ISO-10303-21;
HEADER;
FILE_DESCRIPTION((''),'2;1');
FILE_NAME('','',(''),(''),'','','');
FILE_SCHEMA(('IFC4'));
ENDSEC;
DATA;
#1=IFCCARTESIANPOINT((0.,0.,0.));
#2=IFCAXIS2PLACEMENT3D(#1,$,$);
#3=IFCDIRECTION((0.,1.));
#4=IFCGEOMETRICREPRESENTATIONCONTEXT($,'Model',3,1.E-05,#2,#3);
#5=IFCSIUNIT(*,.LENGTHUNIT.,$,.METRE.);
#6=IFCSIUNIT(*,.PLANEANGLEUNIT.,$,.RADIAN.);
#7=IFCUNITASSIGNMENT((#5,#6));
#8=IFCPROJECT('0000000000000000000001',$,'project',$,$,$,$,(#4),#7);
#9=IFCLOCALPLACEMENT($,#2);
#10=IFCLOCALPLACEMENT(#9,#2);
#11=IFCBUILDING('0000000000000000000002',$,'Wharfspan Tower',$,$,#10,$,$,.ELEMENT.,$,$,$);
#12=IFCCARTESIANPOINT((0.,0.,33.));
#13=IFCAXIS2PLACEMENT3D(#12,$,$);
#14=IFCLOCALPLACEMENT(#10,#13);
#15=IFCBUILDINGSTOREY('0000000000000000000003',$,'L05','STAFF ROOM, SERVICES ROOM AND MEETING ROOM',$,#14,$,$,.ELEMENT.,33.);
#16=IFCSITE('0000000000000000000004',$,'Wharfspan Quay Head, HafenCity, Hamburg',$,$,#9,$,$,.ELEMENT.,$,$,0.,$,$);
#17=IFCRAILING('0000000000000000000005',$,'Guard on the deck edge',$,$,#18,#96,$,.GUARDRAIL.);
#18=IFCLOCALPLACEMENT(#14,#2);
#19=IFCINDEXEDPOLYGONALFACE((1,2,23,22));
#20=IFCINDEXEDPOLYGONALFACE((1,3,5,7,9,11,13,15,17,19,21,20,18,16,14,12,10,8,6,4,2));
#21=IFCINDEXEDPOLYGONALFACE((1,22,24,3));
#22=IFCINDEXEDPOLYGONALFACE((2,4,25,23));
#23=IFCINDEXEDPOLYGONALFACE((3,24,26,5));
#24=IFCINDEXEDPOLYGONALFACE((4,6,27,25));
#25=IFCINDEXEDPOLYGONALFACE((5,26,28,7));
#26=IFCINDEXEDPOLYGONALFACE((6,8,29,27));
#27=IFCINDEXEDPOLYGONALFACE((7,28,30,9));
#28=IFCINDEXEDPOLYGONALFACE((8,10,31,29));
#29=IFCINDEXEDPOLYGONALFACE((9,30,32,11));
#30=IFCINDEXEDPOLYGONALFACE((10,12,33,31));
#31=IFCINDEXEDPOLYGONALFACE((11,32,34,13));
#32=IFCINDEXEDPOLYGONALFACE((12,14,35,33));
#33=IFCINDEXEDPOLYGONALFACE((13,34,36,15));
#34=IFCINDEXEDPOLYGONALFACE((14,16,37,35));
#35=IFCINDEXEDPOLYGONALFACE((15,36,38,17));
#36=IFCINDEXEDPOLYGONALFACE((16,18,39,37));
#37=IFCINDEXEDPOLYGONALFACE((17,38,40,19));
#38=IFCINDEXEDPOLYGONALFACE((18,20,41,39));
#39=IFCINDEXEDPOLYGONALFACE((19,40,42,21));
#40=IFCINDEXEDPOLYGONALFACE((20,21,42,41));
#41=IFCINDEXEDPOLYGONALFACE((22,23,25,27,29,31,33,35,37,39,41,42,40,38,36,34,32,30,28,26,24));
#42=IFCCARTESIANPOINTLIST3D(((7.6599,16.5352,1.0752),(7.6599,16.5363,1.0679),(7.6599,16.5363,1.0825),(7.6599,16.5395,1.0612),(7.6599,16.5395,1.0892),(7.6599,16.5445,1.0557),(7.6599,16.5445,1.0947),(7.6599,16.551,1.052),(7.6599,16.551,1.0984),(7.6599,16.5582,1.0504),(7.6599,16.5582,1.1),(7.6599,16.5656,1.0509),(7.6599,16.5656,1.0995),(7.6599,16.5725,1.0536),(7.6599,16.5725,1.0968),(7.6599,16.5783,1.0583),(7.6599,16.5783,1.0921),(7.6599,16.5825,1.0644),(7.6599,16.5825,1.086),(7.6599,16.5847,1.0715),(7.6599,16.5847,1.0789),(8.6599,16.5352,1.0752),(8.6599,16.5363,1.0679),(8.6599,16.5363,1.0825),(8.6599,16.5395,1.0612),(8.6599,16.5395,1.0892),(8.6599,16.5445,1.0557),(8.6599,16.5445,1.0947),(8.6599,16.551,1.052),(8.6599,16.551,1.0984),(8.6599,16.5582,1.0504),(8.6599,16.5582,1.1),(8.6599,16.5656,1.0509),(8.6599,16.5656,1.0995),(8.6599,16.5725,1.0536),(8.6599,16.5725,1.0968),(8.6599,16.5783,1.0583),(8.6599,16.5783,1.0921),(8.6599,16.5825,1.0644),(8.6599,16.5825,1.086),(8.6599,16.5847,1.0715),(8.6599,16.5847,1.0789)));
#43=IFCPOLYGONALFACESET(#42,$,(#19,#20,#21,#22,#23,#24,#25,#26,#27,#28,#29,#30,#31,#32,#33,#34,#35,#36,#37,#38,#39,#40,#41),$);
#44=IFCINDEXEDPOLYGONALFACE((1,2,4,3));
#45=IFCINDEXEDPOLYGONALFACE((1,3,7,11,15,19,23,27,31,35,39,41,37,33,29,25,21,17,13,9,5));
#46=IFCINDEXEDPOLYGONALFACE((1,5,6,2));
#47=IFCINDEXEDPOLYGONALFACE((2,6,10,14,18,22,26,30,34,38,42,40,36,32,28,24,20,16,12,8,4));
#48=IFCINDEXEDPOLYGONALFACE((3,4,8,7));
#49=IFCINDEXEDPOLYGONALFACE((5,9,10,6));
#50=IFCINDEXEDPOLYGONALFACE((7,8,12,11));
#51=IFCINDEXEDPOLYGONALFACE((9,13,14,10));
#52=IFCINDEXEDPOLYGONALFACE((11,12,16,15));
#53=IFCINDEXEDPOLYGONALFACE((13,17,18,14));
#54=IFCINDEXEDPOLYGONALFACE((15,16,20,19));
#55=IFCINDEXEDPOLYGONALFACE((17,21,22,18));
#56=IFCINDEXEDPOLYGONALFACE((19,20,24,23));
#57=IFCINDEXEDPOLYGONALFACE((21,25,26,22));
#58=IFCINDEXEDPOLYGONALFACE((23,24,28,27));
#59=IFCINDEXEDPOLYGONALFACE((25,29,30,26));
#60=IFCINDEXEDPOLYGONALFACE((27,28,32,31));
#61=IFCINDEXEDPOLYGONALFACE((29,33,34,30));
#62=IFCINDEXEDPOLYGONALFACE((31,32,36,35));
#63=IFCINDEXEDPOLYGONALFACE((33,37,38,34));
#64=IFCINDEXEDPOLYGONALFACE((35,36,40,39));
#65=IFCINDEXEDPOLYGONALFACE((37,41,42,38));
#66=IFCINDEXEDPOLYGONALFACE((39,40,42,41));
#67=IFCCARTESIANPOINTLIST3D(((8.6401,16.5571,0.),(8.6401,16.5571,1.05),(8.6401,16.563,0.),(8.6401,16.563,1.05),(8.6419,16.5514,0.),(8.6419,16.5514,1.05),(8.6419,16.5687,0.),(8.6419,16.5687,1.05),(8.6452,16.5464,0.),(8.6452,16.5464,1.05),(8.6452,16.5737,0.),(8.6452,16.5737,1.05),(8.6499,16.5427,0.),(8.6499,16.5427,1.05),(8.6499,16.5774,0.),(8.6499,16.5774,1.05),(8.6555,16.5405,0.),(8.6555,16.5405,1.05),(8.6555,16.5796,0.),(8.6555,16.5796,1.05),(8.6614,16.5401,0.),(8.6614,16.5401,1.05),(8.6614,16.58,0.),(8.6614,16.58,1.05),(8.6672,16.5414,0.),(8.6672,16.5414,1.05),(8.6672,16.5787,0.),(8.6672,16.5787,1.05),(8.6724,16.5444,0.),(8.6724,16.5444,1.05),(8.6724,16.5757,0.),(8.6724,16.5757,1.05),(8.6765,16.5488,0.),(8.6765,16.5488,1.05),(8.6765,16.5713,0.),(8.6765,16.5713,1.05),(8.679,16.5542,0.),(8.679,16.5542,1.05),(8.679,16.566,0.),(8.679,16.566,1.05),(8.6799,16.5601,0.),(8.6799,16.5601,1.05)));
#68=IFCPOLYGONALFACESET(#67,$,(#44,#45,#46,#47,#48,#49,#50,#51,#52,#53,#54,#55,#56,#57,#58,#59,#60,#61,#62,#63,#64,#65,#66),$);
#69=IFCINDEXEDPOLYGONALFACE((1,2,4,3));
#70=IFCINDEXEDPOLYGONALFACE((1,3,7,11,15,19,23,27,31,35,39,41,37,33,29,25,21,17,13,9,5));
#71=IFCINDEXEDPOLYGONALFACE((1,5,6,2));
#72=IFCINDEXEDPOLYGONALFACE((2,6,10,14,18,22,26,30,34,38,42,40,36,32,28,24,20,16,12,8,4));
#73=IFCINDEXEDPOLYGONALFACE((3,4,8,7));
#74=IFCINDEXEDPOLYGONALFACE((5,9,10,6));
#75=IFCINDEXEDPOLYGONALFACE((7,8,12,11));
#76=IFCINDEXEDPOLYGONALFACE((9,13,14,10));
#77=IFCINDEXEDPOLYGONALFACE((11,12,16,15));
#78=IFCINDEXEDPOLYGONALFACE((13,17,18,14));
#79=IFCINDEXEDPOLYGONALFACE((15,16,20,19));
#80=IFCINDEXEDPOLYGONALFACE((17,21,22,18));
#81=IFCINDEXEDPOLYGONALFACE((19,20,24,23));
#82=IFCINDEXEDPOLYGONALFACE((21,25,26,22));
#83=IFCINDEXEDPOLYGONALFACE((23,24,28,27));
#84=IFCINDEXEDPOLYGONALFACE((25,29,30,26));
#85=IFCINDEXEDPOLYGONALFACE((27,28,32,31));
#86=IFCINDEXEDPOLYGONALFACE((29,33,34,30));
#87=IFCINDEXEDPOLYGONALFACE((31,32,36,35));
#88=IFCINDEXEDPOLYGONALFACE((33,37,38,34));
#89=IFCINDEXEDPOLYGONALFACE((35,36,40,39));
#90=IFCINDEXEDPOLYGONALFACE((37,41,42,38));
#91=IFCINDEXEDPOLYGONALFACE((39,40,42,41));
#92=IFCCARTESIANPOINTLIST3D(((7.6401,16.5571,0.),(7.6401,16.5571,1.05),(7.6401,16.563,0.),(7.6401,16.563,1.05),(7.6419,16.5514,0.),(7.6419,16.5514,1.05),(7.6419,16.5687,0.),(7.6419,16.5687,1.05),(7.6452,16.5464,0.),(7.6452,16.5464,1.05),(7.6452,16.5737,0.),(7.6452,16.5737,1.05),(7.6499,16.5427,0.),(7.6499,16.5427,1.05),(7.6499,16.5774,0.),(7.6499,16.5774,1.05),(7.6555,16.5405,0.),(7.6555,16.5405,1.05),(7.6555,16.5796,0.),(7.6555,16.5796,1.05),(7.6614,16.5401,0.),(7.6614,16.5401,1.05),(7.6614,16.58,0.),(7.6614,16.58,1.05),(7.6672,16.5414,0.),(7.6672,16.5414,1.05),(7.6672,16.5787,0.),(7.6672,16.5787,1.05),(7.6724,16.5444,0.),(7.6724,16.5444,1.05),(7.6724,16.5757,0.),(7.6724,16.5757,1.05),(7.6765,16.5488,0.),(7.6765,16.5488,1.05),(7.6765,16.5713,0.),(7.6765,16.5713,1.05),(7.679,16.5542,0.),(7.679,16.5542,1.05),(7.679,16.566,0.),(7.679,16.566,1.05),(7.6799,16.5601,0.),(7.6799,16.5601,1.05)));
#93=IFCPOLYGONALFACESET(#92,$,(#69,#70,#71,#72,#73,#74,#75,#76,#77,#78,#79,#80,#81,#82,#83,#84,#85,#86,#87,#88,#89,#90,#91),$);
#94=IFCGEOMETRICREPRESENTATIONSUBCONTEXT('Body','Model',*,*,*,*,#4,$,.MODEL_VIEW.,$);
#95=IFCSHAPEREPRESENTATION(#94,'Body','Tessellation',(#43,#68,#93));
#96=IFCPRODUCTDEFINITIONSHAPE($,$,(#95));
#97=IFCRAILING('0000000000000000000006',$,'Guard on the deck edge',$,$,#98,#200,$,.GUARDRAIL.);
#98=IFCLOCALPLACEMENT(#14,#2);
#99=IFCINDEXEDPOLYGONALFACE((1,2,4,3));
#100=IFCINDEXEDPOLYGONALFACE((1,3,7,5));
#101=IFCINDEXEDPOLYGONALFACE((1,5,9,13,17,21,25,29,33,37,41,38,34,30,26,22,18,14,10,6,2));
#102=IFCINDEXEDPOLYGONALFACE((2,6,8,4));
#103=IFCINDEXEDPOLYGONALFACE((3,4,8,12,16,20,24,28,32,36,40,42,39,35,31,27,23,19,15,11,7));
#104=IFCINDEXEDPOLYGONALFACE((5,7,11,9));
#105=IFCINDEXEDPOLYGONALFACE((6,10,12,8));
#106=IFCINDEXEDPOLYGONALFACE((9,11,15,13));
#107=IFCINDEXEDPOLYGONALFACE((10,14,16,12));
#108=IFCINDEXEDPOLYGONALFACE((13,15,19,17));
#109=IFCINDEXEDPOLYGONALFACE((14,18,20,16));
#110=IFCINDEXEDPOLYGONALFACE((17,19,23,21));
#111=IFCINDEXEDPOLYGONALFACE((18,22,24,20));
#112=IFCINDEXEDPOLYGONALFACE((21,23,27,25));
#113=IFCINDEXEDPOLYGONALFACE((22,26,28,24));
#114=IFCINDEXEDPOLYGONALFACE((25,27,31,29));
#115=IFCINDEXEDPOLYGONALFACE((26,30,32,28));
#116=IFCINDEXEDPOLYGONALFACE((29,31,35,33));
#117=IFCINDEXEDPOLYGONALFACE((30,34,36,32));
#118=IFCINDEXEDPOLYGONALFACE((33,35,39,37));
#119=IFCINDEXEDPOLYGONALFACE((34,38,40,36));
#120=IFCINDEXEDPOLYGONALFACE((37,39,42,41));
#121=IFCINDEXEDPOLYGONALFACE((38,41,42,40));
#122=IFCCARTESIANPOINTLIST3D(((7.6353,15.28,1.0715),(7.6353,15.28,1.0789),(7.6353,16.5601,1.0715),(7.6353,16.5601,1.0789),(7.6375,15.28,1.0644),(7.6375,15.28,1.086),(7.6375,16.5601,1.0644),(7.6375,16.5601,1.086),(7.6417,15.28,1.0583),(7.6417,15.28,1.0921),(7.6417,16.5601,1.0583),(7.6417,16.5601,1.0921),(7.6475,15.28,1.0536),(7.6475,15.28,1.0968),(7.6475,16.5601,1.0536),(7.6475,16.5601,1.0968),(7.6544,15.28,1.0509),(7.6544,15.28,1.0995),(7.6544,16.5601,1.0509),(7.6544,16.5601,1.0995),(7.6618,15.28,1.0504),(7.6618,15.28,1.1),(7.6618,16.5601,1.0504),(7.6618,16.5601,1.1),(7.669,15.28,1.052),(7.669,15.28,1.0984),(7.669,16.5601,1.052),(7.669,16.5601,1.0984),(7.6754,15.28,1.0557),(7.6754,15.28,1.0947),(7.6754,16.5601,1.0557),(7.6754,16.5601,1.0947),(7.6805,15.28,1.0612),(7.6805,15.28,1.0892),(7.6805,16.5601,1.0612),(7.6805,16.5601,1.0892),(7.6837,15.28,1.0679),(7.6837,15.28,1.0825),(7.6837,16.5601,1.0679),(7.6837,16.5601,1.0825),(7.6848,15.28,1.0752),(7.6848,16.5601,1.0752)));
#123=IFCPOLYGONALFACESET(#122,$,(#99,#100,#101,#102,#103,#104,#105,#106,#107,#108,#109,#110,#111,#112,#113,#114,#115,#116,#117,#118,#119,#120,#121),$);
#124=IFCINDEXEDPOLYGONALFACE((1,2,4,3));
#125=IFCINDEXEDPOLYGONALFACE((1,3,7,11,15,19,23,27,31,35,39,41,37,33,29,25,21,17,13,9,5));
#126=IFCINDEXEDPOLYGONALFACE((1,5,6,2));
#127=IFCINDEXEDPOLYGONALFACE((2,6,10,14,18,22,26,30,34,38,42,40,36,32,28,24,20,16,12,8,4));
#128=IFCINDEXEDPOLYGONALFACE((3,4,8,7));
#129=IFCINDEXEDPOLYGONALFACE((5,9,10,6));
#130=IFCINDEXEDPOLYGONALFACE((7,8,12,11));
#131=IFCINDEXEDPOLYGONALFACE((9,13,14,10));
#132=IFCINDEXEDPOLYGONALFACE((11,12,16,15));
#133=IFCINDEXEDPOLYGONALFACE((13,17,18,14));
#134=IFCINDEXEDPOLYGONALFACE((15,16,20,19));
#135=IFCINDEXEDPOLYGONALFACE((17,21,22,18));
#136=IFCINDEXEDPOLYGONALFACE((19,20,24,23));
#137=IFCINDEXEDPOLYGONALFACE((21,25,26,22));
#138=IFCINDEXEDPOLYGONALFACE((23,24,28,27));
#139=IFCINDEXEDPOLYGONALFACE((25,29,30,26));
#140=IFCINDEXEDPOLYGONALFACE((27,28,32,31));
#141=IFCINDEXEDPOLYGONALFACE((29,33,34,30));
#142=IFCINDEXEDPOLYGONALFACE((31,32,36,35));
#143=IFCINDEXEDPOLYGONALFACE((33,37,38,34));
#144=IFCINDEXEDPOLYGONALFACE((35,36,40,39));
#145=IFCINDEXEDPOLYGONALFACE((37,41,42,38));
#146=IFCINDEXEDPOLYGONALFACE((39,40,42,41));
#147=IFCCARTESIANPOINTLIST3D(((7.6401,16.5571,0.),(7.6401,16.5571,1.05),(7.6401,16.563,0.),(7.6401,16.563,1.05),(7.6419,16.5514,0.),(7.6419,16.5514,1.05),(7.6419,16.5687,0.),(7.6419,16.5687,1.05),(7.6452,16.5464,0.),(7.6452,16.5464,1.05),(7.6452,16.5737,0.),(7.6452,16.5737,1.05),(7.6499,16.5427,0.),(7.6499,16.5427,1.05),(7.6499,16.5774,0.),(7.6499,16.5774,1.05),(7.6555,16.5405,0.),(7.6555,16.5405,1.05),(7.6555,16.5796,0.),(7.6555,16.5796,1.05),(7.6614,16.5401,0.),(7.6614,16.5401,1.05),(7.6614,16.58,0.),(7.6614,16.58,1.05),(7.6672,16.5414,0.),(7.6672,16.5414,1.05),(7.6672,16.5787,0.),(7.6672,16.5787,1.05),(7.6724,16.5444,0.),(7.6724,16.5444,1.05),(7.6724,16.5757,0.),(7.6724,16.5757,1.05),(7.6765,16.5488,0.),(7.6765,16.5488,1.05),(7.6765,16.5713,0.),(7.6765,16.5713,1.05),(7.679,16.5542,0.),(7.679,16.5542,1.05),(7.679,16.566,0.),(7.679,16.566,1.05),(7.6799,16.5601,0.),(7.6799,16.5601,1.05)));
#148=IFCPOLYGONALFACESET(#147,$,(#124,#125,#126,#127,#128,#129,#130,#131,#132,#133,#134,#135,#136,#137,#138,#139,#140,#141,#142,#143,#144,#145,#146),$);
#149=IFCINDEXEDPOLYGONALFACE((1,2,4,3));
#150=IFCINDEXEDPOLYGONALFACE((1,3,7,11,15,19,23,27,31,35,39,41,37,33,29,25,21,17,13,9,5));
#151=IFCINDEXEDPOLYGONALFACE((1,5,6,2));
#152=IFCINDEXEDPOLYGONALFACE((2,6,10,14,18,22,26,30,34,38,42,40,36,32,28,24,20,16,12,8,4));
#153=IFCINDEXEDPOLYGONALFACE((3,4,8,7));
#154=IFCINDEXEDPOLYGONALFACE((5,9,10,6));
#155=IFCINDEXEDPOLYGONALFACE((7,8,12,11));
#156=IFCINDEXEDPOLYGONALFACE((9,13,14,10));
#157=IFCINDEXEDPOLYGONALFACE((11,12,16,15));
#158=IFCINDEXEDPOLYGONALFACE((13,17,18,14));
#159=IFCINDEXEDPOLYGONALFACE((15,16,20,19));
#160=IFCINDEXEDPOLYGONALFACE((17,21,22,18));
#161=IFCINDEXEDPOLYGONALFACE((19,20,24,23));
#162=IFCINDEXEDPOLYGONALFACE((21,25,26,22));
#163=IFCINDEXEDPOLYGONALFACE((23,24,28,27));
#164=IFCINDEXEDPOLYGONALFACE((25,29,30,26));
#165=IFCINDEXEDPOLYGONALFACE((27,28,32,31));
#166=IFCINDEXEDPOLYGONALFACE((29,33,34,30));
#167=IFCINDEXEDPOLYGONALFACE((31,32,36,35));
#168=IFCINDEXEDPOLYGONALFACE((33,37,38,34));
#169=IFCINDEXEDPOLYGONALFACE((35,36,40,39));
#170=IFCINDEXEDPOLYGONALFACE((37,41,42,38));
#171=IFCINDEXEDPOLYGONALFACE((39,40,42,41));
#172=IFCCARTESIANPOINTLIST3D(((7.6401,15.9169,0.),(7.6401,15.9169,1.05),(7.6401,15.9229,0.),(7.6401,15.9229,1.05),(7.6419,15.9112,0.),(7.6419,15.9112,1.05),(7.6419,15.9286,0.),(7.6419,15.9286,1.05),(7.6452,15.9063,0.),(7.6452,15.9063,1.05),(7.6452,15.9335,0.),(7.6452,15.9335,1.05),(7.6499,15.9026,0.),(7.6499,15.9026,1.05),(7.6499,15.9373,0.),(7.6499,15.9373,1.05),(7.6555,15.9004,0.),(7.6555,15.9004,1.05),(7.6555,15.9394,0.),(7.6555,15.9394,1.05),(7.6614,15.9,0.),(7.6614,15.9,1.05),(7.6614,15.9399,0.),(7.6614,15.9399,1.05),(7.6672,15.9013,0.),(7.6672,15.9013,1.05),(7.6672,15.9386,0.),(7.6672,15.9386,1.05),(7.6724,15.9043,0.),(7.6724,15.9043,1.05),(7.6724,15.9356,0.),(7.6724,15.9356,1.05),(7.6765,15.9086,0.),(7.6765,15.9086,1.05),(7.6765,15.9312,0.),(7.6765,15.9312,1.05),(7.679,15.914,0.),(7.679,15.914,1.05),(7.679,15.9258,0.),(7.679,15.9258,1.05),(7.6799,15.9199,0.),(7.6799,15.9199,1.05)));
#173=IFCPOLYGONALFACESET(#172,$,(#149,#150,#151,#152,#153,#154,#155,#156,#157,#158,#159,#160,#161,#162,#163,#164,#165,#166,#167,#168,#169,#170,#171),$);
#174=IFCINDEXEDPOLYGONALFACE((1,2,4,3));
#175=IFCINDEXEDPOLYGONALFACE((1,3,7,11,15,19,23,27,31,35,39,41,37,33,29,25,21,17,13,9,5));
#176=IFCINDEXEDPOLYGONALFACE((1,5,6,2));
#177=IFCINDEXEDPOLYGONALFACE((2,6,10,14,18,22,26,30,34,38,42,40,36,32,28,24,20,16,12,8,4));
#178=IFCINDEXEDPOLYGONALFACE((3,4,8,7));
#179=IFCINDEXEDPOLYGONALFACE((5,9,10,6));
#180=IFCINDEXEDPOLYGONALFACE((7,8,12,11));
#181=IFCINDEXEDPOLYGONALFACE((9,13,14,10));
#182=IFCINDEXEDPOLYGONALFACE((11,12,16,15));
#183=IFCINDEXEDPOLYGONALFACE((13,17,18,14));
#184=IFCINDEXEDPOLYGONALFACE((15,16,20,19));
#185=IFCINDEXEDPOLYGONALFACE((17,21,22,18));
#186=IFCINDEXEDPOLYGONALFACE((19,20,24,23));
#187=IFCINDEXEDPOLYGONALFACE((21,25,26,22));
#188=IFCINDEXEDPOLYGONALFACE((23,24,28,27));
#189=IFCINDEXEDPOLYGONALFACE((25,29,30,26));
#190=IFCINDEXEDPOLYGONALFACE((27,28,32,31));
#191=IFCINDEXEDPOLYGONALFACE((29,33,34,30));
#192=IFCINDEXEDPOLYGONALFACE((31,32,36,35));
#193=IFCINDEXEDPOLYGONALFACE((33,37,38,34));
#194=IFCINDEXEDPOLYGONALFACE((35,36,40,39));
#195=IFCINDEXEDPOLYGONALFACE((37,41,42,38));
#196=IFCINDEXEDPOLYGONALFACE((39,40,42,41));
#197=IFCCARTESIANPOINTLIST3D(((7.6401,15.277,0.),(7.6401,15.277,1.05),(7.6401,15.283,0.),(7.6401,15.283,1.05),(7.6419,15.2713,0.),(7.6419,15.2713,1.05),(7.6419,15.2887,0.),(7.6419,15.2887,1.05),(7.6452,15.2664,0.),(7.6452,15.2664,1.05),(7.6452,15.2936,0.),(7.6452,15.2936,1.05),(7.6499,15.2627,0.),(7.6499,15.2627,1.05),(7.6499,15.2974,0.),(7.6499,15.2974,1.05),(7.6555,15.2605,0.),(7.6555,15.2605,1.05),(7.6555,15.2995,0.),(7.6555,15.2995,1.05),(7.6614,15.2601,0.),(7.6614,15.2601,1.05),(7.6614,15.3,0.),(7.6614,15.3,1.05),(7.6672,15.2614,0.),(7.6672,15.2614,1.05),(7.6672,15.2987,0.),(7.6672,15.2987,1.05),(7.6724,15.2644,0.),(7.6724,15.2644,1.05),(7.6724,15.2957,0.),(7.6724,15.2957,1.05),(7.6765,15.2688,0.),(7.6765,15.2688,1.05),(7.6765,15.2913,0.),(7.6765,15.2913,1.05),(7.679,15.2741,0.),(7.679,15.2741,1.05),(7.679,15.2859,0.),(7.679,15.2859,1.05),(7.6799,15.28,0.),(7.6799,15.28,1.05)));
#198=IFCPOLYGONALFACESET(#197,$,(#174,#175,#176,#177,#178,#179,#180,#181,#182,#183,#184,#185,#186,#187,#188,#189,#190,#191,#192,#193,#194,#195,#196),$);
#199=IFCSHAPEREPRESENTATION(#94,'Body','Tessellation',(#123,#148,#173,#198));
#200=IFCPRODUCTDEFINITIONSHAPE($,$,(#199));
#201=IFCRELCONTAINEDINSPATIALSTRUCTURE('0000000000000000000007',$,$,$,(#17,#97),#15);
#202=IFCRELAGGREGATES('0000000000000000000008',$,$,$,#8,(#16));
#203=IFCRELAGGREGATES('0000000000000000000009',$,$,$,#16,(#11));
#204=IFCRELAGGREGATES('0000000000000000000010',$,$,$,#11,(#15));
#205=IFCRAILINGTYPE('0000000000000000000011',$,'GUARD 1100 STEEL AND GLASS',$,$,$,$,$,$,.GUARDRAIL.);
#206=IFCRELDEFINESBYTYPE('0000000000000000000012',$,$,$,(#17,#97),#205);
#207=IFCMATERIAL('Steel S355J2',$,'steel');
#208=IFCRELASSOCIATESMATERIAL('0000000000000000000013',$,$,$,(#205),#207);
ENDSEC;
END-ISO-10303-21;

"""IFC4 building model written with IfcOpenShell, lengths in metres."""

from ifc_helpers import new_model, si_unit, direction, frame, origin, origin_2d, place, context, subcontext, project, spatial, circle, extrude, material, type_object, element, save


model = new_model("IFC4")

# Units and contexts
model_context = context("Model", 3, precision=1e-05, world=origin(), true_north=direction((0.0, 1.0)))
body_context = subcontext(model_context, "Body", "Model", "MODEL_VIEW")
ifc_project = project(units=[si_unit("LENGTHUNIT", "METRE"), si_unit("PLANEANGLEUNIT", "RADIAN")], contexts=[model_context])

# Site, building, storey
site_placement = place(None, origin())
site = spatial("IfcSite", under=ifc_project, at=site_placement, Name="Wharfspan Quay Head, HafenCity, Hamburg", CompositionType="ELEMENT", RefElevation=0.0)
building_placement = place(site_placement, origin())
building = spatial("IfcBuilding", under=site, at=building_placement, Name="Wharfspan Tower", CompositionType="ELEMENT")
storey_placement = place(building_placement, frame((0.0, 0.0, 33.0)))
storey = spatial("IfcBuildingStorey", under=building, at=storey_placement, Name="L05", Description="STAFF ROOM, SERVICES ROOM AND MEETING ROOM", CompositionType="ELEMENT", Elevation=33.0)

# Railings
ifc_material_1 = material(Name="Steel S355J2", Category="steel")
railing_type_1 = type_object("IfcRailingType", Name="GUARD 1100 STEEL AND GLASS", PredefinedType="GUARDRAIL", material=ifc_material_1)
railing_1_placement = place(storey_placement, frame((8.6599, 16.5601, 0.0)))
element("IfcRailing", 1, at=railing_1_placement, inside=storey, type_object=railing_type_1, Name="Guard on the deck edge", PredefinedType="GUARDRAIL", context=body_context, shape_type="SweptSolid", body=[
    extrude(circle(Radius=0.0249, at=origin_2d()), frame((0.0, 0.0, 1.0752), z_axis=(-1.0, 0.0, 0.0), x_axis=(0.0, -1.0, 0.0)), (0.0, 0.0, 1.0), 1.0),
    extrude(circle(Radius=0.02, at=origin_2d()), origin(), (0.0, 0.0, 1.0), 1.05),
    extrude(circle(Radius=0.02, at=origin_2d()), frame((-1.0, 0.0, 0.0)), (0.0, 0.0, 1.0), 1.05),
])
railing_2_placement = place(storey_placement, frame((7.6599, 16.5601, 0.0)))
element("IfcRailing", 2, at=railing_2_placement, inside=storey, type_object=railing_type_1, Name="Guard on the deck edge", PredefinedType="GUARDRAIL", context=body_context, shape_type="SweptSolid", body=[
    extrude(circle(Radius=0.0249, at=origin_2d()), frame((0.0, 0.0, 1.0752), z_axis=(0.0, -1.0, 0.0), x_axis=(1.0, 0.0, 0.0)), (0.0, 0.0, 1.0), 1.28),
    extrude(circle(Radius=0.02, at=origin_2d()), origin(), (0.0, 0.0, 1.0), 1.05),
    extrude(circle(Radius=0.02, at=origin_2d()), frame((0.0, -0.6401, 0.0)), (0.0, 0.0, 1.0), 1.05),
    extrude(circle(Radius=0.02, at=origin_2d()), frame((0.0, -1.28, 0.0)), (0.0, 0.0, 1.0), 1.05),
])

save(model, "model.ifc")
